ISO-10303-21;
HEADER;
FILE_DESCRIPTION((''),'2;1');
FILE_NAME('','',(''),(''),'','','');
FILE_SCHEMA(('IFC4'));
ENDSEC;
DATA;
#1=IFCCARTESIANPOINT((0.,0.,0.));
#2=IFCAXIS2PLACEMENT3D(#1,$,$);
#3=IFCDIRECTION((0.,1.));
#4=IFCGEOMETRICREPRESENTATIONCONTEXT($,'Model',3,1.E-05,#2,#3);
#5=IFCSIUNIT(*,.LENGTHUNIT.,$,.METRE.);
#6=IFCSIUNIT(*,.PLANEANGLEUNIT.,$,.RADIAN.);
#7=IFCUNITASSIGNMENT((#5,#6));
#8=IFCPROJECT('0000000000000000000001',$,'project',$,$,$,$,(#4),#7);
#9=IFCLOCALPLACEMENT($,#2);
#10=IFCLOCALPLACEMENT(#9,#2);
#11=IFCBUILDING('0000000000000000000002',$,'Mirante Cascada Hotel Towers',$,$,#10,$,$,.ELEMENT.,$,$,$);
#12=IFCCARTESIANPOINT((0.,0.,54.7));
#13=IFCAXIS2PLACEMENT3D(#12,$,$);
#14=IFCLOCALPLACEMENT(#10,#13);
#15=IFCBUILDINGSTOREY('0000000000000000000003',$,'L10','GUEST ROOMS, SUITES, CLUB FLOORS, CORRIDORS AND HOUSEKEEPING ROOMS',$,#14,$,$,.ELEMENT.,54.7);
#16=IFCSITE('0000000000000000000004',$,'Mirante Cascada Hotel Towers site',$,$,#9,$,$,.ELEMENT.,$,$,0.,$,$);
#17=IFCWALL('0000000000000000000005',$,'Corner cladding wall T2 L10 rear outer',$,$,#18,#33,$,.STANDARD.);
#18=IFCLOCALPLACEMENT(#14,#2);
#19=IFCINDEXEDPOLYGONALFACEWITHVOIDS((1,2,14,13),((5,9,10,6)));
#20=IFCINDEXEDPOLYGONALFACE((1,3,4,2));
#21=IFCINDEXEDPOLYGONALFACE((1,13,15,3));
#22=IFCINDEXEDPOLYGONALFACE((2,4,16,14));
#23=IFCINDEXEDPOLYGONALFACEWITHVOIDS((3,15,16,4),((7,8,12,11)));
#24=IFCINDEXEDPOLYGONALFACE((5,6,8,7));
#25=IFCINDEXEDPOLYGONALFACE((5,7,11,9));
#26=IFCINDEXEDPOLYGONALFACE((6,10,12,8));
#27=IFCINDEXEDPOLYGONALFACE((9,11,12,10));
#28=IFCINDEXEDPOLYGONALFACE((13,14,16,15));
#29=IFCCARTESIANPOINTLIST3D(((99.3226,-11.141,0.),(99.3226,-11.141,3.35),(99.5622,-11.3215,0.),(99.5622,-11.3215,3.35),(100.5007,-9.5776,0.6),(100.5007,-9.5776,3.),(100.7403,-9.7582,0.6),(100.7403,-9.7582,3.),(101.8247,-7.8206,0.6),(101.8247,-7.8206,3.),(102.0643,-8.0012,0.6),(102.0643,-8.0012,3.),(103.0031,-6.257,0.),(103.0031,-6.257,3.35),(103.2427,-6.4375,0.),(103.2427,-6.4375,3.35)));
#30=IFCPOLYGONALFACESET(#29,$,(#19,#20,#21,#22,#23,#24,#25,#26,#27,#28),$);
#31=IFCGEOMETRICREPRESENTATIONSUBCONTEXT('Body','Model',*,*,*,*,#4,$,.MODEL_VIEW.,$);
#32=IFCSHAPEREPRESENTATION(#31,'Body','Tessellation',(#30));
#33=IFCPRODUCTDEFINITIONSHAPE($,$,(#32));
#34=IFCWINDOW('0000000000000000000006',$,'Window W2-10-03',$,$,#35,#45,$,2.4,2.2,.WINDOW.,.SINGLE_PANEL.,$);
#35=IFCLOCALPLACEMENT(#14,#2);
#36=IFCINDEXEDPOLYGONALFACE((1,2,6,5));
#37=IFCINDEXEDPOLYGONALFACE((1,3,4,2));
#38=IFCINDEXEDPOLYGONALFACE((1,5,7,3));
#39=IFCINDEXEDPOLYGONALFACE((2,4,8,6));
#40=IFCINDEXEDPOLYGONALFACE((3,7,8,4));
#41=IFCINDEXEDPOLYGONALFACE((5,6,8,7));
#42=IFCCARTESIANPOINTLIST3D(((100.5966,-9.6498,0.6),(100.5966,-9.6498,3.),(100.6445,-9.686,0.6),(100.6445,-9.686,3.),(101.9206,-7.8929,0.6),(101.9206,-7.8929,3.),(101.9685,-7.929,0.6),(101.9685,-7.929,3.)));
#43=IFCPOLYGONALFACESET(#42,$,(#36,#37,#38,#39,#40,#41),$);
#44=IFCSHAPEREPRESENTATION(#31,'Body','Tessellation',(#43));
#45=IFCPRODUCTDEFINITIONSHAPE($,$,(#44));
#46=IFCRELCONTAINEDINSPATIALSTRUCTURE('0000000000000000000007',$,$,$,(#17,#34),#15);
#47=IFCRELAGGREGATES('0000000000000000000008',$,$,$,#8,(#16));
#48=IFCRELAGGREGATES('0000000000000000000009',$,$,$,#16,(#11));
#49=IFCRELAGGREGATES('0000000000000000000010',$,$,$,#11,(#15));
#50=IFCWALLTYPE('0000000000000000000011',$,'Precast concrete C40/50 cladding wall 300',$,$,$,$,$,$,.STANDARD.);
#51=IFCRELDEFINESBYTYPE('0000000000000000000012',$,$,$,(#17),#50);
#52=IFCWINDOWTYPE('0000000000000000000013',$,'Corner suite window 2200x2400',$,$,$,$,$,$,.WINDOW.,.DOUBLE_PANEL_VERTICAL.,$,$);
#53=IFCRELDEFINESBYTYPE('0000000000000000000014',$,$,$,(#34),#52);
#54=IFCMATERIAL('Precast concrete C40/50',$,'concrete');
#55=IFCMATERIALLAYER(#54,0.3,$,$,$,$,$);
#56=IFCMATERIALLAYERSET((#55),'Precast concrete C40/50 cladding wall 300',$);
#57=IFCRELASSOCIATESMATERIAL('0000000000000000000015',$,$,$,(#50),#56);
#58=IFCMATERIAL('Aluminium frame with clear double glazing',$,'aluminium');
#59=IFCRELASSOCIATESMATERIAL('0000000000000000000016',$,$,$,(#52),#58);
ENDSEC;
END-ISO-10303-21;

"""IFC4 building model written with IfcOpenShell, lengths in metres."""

from ifc_helpers import new_model, si_unit, direction, frame, frame_2d, origin, place, context, subcontext, project, spatial, rectangle, extrude, material, layer, layer_set, type_object, element, fill, save


model = new_model("IFC4")

# Units and contexts
model_context = context("Model", 3, precision=1e-05, world=origin(), true_north=direction((0.0, 1.0)))
body_context = subcontext(model_context, "Body", "Model", "MODEL_VIEW")
ifc_project = project(units=[si_unit("LENGTHUNIT", "METRE"), si_unit("PLANEANGLEUNIT", "RADIAN")], contexts=[model_context])

# Site, building, storey
site_placement = place(None, origin())
site = spatial("IfcSite", under=ifc_project, at=site_placement, Name="Mirante Cascada Hotel Towers site", CompositionType="ELEMENT", RefElevation=0.0)
building_placement = place(site_placement, origin())
building = spatial("IfcBuilding", under=site, at=building_placement, Name="Mirante Cascada Hotel Towers", CompositionType="ELEMENT")
storey_placement = place(building_placement, frame((0.0, 0.0, 54.7)))
storey = spatial("IfcBuildingStorey", under=building, at=storey_placement, Name="L10", Description="GUEST ROOMS, SUITES, CLUB FLOORS, CORRIDORS AND HOUSEKEEPING ROOMS", CompositionType="ELEMENT", Elevation=54.7)

# Wall, opening, window
ifc_material_1 = material(Name="Precast concrete C40/50", Category="concrete")
ifc_layer_1 = layer(ifc_material_1, 0.3)
ifc_layer_set_1 = layer_set([ifc_layer_1], Name="Precast concrete C40/50 cladding wall 300")
wall_type_1 = type_object("IfcWallType", Name="Precast concrete C40/50 cladding wall 300", PredefinedType="STANDARD", material=ifc_layer_set_1)
wall_1_placement = place(storey_placement, frame((99.4424, -11.2313, 0.0), z_axis=(0.0, 0.0, 1.0), x_axis=(0.601819, 0.798632, 0.0)))
wall_1 = element("IfcWall", 1, at=wall_1_placement, inside=storey, type_object=wall_type_1, Name="Corner cladding wall T2 L10 rear outer", PredefinedType="STANDARD", context=body_context, shape_type="SweptSolid", body=[
    extrude(rectangle(XDim=6.1155, YDim=0.3, at=frame_2d((3.0578, 0.0))), origin(), (0.0, 0.0, 1.0), 3.35),
])
opening_placement = place(wall_1_placement, frame((1.9576, 0.0, 0.6)))
opening = element("IfcOpeningElement", 2, at=opening_placement, cuts=wall_1, PredefinedType="OPENING", context=body_context, shape_type="SweptSolid", body=[
    extrude(rectangle(XDim=2.2, YDim=2.4, at=frame_2d((1.1, 1.2))), frame((0.0, 0.15, 0.0), z_axis=(0.0, -1.0, 0.0), x_axis=(1.0, 0.0, 0.0)), (0.0, 0.0, 1.0), 0.3),
])
ifc_material_2 = material(Name="Aluminium frame with clear double glazing", Category="aluminium")
window_type = type_object("IfcWindowType", Name="Corner suite window 2200x2400", PartitioningType="DOUBLE_PANEL_VERTICAL", PredefinedType="WINDOW", material=ifc_material_2)
window_placement = place(opening_placement, origin())
window = element("IfcWindow", 3, at=window_placement, inside=storey, type_object=window_type, Name="Window W2-10-03", OverallHeight=2.4, OverallWidth=2.2, PartitioningType="SINGLE_PANEL", PredefinedType="WINDOW", context=body_context, shape_type="SweptSolid", body=[
    extrude(rectangle(XDim=2.2, YDim=2.4, at=frame_2d((1.1, 1.2))), frame((0.0, 0.03, 0.0), z_axis=(0.0, -1.0, 0.0), x_axis=(1.0, 0.0, 0.0)), (0.0, 0.0, 1.0), 0.06),
])
fill(opening, window)

save(model, "model.ifc")
